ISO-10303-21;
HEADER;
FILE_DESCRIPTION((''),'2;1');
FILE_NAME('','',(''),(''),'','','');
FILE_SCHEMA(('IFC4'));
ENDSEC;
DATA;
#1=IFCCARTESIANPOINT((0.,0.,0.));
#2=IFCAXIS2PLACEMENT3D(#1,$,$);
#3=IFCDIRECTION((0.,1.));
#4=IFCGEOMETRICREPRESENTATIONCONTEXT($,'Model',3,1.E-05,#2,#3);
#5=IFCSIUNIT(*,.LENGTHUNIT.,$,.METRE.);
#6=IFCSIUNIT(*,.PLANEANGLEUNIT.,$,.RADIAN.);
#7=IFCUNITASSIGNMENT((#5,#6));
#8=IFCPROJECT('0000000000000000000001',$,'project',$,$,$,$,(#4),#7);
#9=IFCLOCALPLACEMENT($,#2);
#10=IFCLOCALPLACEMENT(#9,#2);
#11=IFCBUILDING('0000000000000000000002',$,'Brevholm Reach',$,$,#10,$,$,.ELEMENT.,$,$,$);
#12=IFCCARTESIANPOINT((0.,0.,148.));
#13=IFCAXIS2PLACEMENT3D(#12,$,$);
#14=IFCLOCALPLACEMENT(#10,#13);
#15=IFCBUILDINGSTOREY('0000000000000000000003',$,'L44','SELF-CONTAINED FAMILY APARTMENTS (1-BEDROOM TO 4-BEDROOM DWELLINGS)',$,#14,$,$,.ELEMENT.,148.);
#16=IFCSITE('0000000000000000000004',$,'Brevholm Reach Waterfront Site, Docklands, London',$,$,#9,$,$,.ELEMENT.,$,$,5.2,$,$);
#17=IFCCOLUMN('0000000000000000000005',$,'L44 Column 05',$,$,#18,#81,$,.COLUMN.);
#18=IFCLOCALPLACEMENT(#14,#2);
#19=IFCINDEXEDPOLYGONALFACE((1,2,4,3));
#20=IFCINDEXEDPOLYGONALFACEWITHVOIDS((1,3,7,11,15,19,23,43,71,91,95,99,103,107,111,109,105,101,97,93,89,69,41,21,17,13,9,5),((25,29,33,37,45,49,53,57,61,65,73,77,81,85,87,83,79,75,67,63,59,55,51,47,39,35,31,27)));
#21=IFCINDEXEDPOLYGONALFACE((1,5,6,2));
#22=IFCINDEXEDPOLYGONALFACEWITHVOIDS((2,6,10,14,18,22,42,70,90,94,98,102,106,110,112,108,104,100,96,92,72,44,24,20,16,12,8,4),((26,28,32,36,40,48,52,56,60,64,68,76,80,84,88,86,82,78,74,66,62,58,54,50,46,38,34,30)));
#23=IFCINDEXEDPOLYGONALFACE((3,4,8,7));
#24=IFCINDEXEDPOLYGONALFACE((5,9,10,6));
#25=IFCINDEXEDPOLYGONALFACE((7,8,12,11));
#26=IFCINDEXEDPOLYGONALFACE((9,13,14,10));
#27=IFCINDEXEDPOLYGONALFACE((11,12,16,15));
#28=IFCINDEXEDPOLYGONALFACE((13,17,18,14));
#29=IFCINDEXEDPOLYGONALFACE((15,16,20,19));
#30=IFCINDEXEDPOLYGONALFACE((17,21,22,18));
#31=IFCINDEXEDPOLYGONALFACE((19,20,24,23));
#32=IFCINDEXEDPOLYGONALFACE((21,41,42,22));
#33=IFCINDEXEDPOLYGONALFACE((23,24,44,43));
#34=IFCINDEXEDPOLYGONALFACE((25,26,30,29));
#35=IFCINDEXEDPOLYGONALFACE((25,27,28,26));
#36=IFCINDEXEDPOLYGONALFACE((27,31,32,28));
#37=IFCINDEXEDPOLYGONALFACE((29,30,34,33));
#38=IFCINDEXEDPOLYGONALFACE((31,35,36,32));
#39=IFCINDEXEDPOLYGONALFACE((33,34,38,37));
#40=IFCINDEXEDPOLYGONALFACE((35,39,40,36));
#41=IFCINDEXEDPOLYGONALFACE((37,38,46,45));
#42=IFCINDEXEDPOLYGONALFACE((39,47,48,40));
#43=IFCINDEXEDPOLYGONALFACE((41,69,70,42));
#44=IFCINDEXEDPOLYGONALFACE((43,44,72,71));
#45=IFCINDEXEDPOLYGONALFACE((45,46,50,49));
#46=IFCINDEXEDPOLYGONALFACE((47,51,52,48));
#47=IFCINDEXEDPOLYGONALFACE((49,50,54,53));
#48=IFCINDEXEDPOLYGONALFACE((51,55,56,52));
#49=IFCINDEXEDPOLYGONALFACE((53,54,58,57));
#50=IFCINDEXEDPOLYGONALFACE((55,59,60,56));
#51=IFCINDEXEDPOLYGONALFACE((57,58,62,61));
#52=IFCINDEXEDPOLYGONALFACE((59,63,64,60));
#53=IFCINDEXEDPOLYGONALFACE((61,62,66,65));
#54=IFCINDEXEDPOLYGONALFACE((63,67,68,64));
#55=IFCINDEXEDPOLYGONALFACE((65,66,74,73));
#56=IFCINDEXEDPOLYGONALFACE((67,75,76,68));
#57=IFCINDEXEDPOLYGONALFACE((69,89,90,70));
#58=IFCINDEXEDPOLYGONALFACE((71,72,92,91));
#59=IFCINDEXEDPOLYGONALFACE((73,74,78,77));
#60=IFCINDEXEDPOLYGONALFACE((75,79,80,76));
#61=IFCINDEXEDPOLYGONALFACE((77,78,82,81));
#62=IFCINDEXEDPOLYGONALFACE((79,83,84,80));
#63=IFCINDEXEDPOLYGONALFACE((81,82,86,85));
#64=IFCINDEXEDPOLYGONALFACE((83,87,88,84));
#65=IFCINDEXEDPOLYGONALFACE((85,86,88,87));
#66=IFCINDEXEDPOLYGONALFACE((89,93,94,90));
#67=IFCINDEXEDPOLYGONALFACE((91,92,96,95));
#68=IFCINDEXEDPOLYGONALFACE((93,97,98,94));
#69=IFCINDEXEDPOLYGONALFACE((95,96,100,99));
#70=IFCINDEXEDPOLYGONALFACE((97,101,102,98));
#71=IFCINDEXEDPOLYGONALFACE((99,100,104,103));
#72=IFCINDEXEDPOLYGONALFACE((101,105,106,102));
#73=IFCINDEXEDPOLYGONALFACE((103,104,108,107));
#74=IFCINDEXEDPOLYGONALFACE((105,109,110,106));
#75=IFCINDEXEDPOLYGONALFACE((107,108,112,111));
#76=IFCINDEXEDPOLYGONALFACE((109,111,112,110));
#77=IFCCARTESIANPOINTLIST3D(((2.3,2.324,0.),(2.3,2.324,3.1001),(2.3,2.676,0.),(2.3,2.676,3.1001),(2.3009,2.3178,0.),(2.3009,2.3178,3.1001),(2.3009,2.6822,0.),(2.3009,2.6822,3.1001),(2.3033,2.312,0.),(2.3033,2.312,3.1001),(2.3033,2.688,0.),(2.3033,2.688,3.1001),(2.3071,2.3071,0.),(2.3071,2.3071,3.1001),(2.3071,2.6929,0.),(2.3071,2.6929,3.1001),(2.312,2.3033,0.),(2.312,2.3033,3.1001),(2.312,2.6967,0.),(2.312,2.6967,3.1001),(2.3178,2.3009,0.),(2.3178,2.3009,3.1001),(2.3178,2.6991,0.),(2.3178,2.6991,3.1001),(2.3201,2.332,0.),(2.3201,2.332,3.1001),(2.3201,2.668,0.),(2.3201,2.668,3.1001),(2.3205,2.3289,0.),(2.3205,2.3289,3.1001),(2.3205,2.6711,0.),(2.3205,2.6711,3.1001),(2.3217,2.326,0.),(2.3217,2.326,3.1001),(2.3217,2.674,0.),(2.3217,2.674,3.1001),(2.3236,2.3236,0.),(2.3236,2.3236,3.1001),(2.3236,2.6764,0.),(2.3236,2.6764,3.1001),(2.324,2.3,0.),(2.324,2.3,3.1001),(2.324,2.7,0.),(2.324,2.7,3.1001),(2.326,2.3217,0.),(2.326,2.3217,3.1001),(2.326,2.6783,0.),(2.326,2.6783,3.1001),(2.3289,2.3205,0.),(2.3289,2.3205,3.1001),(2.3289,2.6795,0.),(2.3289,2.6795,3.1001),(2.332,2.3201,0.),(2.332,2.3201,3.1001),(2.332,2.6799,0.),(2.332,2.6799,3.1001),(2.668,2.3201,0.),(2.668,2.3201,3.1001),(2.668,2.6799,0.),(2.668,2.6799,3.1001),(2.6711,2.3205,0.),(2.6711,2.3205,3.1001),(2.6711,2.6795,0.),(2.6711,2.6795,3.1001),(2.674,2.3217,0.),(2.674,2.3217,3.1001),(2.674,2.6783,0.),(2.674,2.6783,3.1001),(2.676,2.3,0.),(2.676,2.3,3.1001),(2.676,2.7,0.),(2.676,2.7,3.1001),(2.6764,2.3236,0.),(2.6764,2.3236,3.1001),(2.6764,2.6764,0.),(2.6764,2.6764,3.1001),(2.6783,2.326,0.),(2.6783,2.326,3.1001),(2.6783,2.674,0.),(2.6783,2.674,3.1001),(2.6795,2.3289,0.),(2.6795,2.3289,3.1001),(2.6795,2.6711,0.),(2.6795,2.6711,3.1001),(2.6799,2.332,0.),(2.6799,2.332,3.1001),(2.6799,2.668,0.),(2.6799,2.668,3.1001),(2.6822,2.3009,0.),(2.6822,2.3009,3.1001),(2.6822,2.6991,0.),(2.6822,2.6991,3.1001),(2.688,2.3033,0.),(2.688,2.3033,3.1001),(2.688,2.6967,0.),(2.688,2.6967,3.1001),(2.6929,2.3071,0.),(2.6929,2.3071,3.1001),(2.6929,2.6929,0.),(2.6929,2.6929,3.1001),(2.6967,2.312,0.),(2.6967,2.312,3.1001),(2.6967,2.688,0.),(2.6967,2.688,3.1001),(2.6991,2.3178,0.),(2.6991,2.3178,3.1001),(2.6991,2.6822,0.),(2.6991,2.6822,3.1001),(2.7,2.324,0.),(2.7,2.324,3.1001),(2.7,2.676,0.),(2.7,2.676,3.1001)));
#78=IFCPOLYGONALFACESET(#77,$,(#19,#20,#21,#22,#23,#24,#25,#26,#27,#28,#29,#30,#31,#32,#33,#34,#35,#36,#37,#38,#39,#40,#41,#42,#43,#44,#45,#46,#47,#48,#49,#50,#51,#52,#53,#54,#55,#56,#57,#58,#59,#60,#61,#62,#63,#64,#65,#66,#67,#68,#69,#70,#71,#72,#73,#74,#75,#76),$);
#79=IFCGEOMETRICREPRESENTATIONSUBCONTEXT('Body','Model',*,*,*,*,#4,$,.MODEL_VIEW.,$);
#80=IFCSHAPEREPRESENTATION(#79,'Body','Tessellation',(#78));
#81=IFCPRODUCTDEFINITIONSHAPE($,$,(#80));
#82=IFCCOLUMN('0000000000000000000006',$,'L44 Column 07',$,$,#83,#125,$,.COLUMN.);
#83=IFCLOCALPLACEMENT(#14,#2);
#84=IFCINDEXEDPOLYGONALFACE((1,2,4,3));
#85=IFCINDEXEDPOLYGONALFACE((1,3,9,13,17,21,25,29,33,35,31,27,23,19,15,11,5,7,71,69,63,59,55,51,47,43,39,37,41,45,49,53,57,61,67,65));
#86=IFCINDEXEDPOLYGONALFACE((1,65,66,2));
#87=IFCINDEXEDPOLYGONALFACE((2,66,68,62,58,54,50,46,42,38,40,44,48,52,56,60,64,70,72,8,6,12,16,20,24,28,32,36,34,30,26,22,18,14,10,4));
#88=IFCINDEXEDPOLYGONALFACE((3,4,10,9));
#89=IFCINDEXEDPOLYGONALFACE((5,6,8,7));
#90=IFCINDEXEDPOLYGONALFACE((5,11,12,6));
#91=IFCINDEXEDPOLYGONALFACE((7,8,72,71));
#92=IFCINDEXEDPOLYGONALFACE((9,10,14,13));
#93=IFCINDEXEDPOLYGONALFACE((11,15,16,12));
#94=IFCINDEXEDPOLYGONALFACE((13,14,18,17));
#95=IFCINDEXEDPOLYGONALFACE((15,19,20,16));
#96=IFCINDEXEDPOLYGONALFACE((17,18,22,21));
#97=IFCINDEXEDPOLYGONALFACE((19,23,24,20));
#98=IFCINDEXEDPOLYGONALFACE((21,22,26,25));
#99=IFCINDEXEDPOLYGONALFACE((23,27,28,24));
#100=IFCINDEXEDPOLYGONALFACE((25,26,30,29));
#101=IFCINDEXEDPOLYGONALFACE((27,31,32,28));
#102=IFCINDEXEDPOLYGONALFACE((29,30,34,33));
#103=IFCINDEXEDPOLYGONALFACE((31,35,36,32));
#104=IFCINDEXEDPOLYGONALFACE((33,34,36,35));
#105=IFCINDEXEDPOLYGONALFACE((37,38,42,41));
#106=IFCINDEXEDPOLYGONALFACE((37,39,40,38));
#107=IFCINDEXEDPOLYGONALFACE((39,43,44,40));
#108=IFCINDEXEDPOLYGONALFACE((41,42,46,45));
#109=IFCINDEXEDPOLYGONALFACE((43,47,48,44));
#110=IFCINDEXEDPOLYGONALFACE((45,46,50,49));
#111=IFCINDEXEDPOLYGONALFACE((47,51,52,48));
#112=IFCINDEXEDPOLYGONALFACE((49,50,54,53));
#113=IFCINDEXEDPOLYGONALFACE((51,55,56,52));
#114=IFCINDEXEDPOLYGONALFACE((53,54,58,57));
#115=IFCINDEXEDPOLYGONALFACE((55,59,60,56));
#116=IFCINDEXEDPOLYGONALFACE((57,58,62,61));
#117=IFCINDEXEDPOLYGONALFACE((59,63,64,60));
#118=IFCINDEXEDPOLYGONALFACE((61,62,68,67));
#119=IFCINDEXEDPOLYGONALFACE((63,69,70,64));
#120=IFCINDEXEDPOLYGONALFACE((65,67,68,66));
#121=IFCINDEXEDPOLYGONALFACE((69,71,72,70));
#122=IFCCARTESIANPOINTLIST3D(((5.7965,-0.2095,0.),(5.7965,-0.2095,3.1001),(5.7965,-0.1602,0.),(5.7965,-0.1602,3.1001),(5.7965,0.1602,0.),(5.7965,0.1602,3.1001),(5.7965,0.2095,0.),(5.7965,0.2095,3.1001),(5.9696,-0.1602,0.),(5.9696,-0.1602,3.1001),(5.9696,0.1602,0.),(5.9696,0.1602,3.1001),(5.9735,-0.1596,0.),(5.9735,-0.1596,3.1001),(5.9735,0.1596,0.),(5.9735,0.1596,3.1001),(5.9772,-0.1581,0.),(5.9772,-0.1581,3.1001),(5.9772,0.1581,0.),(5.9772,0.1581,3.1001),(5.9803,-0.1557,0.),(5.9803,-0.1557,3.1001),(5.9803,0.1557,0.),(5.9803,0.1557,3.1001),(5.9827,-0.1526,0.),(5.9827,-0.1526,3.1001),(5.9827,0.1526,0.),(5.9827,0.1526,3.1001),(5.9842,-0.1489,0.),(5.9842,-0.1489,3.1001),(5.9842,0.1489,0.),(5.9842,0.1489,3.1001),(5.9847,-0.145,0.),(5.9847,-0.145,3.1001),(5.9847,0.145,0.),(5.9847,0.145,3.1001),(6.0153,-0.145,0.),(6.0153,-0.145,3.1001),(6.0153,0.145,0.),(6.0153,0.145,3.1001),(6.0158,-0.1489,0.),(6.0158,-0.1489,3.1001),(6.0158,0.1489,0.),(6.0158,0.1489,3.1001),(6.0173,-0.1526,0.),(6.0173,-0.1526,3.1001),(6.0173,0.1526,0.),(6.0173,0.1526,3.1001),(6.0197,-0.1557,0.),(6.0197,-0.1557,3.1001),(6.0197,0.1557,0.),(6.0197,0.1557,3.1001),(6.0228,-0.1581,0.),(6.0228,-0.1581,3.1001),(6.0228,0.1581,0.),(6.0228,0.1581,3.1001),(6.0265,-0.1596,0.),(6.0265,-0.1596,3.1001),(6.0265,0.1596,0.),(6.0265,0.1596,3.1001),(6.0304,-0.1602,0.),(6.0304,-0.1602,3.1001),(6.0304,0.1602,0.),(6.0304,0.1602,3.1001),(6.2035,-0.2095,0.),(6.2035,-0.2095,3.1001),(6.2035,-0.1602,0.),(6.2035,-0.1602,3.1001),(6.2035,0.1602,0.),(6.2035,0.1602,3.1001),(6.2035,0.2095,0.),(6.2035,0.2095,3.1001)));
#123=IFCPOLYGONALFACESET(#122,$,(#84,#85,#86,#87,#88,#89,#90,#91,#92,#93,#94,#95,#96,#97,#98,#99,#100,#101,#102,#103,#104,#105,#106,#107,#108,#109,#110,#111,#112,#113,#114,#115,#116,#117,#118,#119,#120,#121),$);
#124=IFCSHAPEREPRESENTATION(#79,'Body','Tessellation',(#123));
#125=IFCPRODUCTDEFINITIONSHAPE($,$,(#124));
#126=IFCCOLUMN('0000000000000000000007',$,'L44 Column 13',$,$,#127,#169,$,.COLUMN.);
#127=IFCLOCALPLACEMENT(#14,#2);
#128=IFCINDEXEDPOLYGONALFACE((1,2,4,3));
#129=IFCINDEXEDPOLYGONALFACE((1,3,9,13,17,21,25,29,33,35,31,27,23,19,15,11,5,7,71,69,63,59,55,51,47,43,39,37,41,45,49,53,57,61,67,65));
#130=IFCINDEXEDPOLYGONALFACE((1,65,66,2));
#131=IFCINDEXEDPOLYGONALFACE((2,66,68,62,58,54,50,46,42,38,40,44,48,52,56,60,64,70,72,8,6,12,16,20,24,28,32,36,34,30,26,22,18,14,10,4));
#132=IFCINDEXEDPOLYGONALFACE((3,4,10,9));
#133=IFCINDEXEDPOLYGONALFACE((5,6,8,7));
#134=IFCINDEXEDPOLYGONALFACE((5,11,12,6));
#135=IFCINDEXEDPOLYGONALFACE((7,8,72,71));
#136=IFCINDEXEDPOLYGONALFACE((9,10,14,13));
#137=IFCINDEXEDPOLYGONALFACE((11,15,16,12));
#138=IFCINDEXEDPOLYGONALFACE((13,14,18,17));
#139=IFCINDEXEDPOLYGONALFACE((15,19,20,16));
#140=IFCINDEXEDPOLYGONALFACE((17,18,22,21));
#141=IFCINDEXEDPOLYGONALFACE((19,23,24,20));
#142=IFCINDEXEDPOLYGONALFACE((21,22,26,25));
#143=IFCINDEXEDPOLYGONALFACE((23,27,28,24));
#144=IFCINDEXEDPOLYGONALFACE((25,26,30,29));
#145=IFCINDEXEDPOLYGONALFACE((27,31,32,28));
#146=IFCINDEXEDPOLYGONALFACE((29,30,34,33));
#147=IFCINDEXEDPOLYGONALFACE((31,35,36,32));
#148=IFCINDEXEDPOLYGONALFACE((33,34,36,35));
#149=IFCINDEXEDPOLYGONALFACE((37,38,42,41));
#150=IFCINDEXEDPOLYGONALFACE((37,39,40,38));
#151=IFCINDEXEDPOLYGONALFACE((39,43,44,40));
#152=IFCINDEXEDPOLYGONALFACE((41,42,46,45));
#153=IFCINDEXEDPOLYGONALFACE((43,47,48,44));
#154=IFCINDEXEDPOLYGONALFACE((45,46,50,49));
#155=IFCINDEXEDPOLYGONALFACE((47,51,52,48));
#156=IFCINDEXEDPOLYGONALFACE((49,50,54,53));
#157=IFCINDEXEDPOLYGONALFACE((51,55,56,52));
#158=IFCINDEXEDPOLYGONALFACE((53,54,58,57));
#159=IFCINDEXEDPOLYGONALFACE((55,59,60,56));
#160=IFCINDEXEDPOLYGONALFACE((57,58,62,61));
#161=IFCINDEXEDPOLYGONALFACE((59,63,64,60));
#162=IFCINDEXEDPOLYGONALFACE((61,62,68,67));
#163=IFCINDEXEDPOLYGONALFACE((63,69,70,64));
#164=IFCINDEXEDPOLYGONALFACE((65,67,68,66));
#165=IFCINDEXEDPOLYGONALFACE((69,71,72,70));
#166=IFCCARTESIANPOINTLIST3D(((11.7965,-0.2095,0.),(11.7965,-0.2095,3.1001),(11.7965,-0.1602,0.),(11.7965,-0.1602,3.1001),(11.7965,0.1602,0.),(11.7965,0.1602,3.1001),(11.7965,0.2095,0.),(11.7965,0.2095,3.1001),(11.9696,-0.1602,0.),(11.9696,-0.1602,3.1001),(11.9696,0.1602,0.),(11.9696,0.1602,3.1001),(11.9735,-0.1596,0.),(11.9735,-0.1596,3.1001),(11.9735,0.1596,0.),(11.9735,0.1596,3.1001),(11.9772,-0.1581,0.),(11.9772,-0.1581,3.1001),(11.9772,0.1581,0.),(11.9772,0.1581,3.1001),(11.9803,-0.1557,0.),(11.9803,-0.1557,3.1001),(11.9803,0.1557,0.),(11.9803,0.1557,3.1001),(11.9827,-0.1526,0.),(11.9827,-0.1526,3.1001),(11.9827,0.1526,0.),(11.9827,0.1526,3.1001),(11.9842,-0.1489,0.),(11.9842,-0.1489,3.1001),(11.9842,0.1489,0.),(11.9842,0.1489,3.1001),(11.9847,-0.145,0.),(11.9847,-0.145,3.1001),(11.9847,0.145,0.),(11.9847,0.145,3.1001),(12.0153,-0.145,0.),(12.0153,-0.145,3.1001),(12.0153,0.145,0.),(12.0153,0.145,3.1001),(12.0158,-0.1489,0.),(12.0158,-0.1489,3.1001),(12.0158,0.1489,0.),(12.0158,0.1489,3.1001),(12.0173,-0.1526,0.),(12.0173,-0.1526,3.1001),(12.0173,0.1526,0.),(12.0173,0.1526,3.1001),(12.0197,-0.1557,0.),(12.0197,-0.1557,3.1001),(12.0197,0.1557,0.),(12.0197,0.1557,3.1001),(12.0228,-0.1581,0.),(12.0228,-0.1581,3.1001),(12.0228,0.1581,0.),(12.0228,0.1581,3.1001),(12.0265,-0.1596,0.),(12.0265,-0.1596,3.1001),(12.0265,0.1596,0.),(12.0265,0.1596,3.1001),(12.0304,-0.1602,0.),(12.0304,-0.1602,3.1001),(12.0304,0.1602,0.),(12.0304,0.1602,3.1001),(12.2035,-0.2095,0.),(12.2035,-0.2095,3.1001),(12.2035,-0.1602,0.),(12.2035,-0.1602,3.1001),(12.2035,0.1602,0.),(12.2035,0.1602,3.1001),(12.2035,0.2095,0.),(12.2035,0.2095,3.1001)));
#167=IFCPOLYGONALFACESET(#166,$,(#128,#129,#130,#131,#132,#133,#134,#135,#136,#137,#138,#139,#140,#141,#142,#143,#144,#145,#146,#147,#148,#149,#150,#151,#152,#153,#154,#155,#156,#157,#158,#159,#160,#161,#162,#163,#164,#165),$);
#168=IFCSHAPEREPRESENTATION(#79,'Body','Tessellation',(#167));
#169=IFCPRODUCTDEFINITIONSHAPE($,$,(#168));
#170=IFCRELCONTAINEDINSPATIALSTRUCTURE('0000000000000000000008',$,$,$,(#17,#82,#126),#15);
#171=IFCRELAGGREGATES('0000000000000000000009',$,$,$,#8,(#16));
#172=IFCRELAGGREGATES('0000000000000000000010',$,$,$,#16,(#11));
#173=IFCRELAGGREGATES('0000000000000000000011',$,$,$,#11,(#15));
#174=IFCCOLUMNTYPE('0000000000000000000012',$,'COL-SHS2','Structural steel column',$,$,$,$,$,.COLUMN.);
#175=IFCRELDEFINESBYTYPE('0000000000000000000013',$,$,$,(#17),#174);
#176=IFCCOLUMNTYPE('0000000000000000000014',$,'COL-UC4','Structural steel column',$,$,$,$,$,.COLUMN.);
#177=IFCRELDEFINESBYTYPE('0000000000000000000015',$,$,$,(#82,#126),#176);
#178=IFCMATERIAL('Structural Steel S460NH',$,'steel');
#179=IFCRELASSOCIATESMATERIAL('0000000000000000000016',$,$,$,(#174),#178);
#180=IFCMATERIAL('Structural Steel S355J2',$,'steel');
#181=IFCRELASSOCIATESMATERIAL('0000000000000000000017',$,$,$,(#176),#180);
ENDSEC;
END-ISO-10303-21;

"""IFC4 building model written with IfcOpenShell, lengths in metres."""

from ifc_helpers import new_model, si_unit, direction, frame, origin, origin_2d, place, context, subcontext, project, spatial, hollow_rectangle, i_section, extrude, material, material_profile, profile_set, type_object, element, save


model = new_model("IFC4")

# Units and contexts
model_context = context("Model", 3, precision=1e-05, world=origin(), true_north=direction((0.0, 1.0)))
body_context = subcontext(model_context, "Body", "Model", "MODEL_VIEW")
ifc_project = project(units=[si_unit("LENGTHUNIT", "METRE"), si_unit("PLANEANGLEUNIT", "RADIAN")], contexts=[model_context])

# Site, building, storey
site_placement = place(None, origin())
site = spatial("IfcSite", under=ifc_project, at=site_placement, Name="Brevholm Reach Waterfront Site, Docklands, London", CompositionType="ELEMENT", RefElevation=5.2)
building_placement = place(site_placement, origin())
building = spatial("IfcBuilding", under=site, at=building_placement, Name="Brevholm Reach", CompositionType="ELEMENT")
storey_placement = place(building_placement, frame((0.0, 0.0, 148.0)))
storey = spatial("IfcBuildingStorey", under=building, at=storey_placement, Name="L44", Description="SELF-CONTAINED FAMILY APARTMENTS (1-BEDROOM TO 4-BEDROOM DWELLINGS)", CompositionType="ELEMENT", Elevation=148.0)

# Columns
ifc_material_1 = material(Name="Structural Steel S460NH", Category="steel")
ifc_material_profile_1 = material_profile(ifc_material_1, hollow_rectangle(XDim=0.3999, YDim=0.3999, WallThickness=0.02, InnerFilletRadius=0.012, OuterFilletRadius=0.0239, at=origin_2d()), Name="SHS 400x400x20")
ifc_profile_set_1 = profile_set([ifc_material_profile_1], Name="Structural Steel S460NH")
column_type_1 = type_object("IfcColumnType", Name="COL-SHS2", Description="Structural steel column", PredefinedType="COLUMN", material=ifc_profile_set_1)
column_placement = place(storey_placement, frame((2.5, 2.5, 0.0), z_axis=(0.0, 0.0, 1.0), x_axis=(1.0, 0.0, 0.0)))
element("IfcColumn", 1, at=column_placement, inside=storey, type_object=column_type_1, Name="L44 Column 05", PredefinedType="COLUMN", context=body_context, shape_type="SweptSolid", body=[
    extrude(hollow_rectangle(XDim=0.3999, YDim=0.3999, WallThickness=0.02, InnerFilletRadius=0.012, OuterFilletRadius=0.0239, at=origin_2d()), origin(), (0.0, 0.0, 1.0), 3.1001),
])
ifc_material_2 = material(Name="Structural Steel S355J2", Category="steel")
ifc_material_profile_2 = material_profile(ifc_material_2, i_section(OverallWidth=0.407, OverallDepth=0.4189, WebThickness=0.0305, FlangeThickness=0.0493, FilletRadius=0.0151, at=origin_2d()), Name="UKC 356x406x393")
ifc_profile_set_2 = profile_set([ifc_material_profile_2], Name="Structural Steel S355J2")
column_type_2 = type_object("IfcColumnType", Name="COL-UC4", Description="Structural steel column", PredefinedType="COLUMN", material=ifc_profile_set_2)
for number, where, z_axis, x_axis, name in (
    (2, (6.0, 0.0, 0.0), (0.0, 0.0, 1.0), (1.0, 0.0, 0.0), "L44 Column 07"),
    (3, (12.0, 0.0, 0.0), (0.0, 0.0, 1.0), (1.0, 0.0, 0.0), "L44 Column 13"),
):
    element("IfcColumn", number, at=place(storey_placement, frame(where, z_axis=z_axis, x_axis=x_axis)), inside=storey, type_object=column_type_2, Name=name, PredefinedType="COLUMN", context=body_context, shape_type="SweptSolid", body=[
        extrude(i_section(OverallWidth=0.407, OverallDepth=0.4189, WebThickness=0.0305, FlangeThickness=0.0493, FilletRadius=0.0151, at=origin_2d()), origin(), (0.0, 0.0, 1.0), 3.1001),
    ])

save(model, "model.ifc")
